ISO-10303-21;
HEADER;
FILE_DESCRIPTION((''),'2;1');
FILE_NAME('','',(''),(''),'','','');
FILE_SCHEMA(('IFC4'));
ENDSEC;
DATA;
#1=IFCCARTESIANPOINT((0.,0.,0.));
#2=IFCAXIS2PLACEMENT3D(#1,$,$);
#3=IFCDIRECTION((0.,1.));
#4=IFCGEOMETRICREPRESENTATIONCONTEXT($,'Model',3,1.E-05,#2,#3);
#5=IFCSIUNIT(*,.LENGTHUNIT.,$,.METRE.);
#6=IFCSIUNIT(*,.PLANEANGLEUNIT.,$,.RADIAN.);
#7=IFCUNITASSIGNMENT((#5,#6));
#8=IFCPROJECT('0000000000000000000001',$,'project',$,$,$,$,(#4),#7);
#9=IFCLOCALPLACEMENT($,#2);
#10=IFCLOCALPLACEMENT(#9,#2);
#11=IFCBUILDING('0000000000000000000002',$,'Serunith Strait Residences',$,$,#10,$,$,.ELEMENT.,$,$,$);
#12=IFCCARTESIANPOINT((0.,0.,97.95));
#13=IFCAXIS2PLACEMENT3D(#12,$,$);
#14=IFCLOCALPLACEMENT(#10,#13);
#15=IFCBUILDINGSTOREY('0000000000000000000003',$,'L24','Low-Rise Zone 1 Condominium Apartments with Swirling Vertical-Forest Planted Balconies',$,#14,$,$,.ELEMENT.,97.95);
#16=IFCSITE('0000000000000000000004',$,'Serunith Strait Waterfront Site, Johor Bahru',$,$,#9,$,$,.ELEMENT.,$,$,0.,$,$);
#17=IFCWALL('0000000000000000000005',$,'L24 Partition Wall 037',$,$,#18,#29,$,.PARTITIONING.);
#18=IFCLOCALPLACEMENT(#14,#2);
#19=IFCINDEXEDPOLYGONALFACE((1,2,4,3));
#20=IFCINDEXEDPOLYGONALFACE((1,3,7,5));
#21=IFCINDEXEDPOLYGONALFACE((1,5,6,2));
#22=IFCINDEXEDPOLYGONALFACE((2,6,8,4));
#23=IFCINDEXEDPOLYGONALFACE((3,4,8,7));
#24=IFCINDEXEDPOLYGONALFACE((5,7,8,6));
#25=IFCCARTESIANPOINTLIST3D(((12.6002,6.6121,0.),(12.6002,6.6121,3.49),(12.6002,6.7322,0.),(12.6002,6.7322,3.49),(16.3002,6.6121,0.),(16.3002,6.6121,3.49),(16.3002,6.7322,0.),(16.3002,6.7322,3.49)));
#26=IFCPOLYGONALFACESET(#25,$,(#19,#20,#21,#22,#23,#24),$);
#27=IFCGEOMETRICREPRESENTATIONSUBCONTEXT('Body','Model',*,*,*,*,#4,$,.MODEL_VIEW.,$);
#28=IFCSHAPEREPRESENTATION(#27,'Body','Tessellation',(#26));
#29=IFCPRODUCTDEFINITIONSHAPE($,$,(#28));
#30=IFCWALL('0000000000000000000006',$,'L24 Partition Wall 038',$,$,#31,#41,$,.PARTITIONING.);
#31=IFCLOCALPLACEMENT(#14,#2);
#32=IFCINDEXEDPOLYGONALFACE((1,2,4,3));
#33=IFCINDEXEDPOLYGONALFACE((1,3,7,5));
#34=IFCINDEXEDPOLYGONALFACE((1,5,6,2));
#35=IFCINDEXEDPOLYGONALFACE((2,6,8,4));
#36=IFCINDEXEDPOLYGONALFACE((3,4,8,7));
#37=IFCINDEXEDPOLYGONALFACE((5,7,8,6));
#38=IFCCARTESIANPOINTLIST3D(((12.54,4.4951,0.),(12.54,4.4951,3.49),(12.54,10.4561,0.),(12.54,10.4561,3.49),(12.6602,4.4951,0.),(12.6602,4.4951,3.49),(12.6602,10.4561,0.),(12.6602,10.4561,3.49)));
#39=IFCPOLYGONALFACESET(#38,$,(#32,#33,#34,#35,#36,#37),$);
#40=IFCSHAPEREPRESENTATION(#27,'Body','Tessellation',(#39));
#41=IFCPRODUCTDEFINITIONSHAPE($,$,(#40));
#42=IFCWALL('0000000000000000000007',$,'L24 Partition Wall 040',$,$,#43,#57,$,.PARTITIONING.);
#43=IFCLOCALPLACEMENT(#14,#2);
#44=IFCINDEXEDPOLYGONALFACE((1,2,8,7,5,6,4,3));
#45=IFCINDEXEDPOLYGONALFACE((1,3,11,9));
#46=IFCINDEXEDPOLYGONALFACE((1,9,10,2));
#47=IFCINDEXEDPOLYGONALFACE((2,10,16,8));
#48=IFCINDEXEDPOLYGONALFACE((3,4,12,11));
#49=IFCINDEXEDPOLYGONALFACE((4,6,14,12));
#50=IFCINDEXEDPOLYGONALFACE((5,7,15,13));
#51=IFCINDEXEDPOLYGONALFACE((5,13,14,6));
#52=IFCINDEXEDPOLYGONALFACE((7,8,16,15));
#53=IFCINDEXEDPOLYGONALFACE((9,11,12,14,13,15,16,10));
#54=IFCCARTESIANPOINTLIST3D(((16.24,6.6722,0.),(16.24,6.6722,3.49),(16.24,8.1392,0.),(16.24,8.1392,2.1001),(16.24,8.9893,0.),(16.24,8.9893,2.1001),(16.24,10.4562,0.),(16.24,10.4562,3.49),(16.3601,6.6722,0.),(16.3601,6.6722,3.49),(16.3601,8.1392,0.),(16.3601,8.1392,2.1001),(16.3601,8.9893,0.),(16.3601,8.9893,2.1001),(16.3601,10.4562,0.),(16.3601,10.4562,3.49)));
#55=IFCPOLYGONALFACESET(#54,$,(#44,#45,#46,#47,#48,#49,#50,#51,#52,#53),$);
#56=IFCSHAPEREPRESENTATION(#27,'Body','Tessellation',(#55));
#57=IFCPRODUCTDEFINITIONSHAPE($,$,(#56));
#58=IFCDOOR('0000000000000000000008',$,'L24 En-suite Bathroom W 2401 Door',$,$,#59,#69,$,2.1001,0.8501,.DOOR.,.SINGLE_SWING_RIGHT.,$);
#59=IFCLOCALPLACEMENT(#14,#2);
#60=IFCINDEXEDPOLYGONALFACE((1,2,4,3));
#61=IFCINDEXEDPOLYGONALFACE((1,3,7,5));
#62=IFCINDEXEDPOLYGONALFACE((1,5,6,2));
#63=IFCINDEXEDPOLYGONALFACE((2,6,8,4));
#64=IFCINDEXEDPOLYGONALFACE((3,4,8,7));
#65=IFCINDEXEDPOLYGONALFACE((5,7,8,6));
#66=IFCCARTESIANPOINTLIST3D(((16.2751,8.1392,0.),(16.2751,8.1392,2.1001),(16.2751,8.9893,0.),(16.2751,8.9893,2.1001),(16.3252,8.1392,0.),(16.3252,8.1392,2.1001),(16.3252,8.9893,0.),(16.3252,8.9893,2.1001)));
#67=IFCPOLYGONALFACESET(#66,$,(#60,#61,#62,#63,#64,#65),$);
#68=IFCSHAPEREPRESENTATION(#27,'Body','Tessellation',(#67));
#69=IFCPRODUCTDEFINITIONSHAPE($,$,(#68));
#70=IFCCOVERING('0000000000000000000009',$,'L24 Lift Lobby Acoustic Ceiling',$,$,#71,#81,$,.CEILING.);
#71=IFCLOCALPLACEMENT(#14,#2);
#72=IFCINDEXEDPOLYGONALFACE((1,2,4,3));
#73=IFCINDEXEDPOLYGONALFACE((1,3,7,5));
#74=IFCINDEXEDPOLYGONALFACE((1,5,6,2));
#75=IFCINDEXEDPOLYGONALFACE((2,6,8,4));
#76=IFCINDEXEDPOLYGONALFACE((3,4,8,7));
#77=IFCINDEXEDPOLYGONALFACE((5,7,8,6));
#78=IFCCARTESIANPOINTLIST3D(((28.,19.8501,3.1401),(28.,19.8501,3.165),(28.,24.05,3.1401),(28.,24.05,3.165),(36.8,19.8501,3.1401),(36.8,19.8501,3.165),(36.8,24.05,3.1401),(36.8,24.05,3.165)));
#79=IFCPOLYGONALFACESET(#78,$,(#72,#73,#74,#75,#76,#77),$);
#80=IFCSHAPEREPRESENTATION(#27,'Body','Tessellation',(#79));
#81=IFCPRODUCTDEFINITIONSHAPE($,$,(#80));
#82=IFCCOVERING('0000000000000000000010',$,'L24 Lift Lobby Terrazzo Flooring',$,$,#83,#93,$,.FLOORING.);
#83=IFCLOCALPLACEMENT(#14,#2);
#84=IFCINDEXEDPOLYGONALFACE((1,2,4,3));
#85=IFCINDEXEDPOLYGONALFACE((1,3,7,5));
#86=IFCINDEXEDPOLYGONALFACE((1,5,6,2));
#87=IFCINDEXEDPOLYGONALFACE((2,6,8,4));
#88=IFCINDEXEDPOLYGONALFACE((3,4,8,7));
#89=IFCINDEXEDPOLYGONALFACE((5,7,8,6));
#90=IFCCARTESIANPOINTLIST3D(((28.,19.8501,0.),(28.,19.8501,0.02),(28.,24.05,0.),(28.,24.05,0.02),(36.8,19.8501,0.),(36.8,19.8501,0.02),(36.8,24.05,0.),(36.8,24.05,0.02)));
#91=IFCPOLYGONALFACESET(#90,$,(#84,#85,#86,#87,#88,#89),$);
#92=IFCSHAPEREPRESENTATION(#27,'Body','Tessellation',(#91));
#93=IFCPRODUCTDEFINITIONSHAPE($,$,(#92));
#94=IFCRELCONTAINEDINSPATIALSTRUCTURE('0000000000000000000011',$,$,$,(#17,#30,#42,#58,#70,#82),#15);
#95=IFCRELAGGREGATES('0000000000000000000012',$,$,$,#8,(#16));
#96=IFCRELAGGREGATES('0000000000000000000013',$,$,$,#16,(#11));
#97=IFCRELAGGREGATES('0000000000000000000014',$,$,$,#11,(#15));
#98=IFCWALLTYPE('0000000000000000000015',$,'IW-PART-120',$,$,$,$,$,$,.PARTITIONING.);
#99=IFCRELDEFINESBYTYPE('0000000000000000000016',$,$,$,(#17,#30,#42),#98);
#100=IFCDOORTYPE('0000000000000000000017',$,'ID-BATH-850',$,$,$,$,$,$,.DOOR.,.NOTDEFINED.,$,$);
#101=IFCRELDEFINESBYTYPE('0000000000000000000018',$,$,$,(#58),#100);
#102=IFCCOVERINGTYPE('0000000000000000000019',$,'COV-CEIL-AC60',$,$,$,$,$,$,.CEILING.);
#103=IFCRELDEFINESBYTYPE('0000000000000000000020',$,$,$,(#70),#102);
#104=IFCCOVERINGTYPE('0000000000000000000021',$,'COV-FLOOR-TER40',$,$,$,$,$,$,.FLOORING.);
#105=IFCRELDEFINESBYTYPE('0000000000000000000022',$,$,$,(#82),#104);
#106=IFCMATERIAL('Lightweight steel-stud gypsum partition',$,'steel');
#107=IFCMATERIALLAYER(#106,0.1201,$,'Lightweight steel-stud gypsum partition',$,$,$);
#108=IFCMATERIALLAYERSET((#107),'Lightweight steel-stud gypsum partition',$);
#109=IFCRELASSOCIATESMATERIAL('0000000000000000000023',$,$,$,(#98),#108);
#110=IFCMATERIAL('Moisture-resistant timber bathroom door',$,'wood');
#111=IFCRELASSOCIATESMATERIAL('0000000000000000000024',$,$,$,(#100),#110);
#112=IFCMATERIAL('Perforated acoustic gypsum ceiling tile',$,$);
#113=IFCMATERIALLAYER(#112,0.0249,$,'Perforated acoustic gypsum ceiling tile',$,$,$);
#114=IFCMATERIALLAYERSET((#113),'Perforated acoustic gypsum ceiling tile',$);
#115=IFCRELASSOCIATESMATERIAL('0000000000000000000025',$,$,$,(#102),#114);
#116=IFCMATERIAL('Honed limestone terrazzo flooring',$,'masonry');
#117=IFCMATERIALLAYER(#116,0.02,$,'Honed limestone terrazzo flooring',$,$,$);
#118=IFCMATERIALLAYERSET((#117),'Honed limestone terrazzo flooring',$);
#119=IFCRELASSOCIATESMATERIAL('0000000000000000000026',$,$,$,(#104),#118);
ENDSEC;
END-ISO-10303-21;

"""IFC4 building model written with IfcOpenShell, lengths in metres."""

from ifc_helpers import new_model, si_unit, direction, frame, frame_2d, origin, place, context, subcontext, project, spatial, polyline, rectangle, outline, extrude, source, transform, mapped, material, layer, layer_set, type_object, element, fill, save


model = new_model("IFC4")

# Units and contexts
model_context = context("Model", 3, precision=1e-05, world=origin(), true_north=direction((0.0, 1.0)))
body_context = subcontext(model_context, "Body", "Model", "MODEL_VIEW")
ifc_project = project(units=[si_unit("LENGTHUNIT", "METRE"), si_unit("PLANEANGLEUNIT", "RADIAN")], contexts=[model_context])

# Site, building, storey
site_placement = place(None, origin())
site = spatial("IfcSite", under=ifc_project, at=site_placement, Name="Serunith Strait Waterfront Site, Johor Bahru", CompositionType="ELEMENT", RefElevation=0.0)
building_placement = place(site_placement, origin())
building = spatial("IfcBuilding", under=site, at=building_placement, Name="Serunith Strait Residences", CompositionType="ELEMENT")
storey_placement = place(building_placement, frame((0.0, 0.0, 97.95)))
storey = spatial("IfcBuildingStorey", under=building, at=storey_placement, Name="L24", Description="Low-Rise Zone 1 Condominium Apartments with Swirling Vertical-Forest Planted Balconies", CompositionType="ELEMENT", Elevation=97.95)

# Walls
ifc_material_1 = material(Name="Lightweight steel-stud gypsum partition", Category="steel")
ifc_layer_1 = layer(ifc_material_1, 0.1201, Name="Lightweight steel-stud gypsum partition")
ifc_layer_set_1 = layer_set([ifc_layer_1], Name="Lightweight steel-stud gypsum partition")
wall_type_1 = type_object("IfcWallType", Name="IW-PART-120", PredefinedType="PARTITIONING", material=ifc_layer_set_1)
wall_1_placement = place(storey_placement, frame((12.6001, 6.6721, 0.0), z_axis=(0.0, 0.0, 1.0), x_axis=(1.0, 0.0, 0.0)))
element("IfcWall", 1, at=wall_1_placement, inside=storey, type_object=wall_type_1, Name="L24 Partition Wall 037", PredefinedType="PARTITIONING", context=body_context, shape_type="SweptSolid", body=[
    extrude(rectangle(XDim=3.7, YDim=0.1201, at=frame_2d((1.8501, 0.0))), origin(), (0.0, 0.0, 1.0), 3.49),
])
wall_2_placement = place(storey_placement, frame((12.6001, 4.4951, 0.0), z_axis=(0.0, 0.0, 1.0), x_axis=(0.0, 1.0, 0.0)))
element("IfcWall", 2, at=wall_2_placement, inside=storey, type_object=wall_type_1, Name="L24 Partition Wall 038", PredefinedType="PARTITIONING", context=body_context, shape_type="SweptSolid", body=[
    extrude(rectangle(XDim=5.9609, YDim=0.1201, at=frame_2d((2.9805, 0.0))), origin(), (0.0, 0.0, 1.0), 3.49),
])

# Wall, opening, door
wall_3_placement = place(storey_placement, frame((16.3, 6.6721, 0.0), z_axis=(0.0, 0.0, 1.0), x_axis=(0.0, 1.0, 0.0)))
wall_3 = element("IfcWall", 3, at=wall_3_placement, inside=storey, type_object=wall_type_1, Name="L24 Partition Wall 040", PredefinedType="PARTITIONING", context=body_context, shape_type="SweptSolid", body=[
    extrude(rectangle(XDim=3.7839, YDim=0.1201, at=frame_2d((1.8921, 0.0))), origin(), (0.0, 0.0, 1.0), 3.49),
])
opening_1_placement = place(wall_3_placement, frame((1.467, 0.0, 0.0)))
opening_1 = element("IfcOpeningElement", 4, at=opening_1_placement, cuts=wall_3, PredefinedType="OPENING", context=body_context, shape_type="SweptSolid", body=[
    extrude(rectangle(XDim=0.8501, YDim=2.1001, at=frame_2d((0.425, 1.05))), frame((0.0, 0.0701, 0.0), z_axis=(0.0, -1.0, 0.0), x_axis=(1.0, 0.0, 0.0)), (0.0, 0.0, 1.0), 0.1401),
])
ifc_material_2 = material(Name="Moisture-resistant timber bathroom door", Category="wood")
door_type = type_object("IfcDoorType", Name="ID-BATH-850", OperationType="NOTDEFINED", PredefinedType="DOOR", material=ifc_material_2)
shared_shape_1 = source(origin(), body_context, "Body", "SweptSolid", [
    extrude(rectangle(XDim=0.8501, YDim=2.1001, at=frame_2d((0.425, 1.05))), frame((0.0, 0.0249, 0.0), z_axis=(0.0, -1.0, 0.0), x_axis=(1.0, 0.0, 0.0)), (0.0, 0.0, 1.0), 0.05),
])
door_placement = place(opening_1_placement, origin())
door = element("IfcDoor", 5, at=door_placement, inside=storey, type_object=door_type, Name="L24 En-suite Bathroom W 2401 Door", OperationType="SINGLE_SWING_RIGHT", OverallHeight=2.1001, OverallWidth=0.8501, PredefinedType="DOOR", context=body_context, shape_type="MappedRepresentation", body=[
    mapped(shared_shape_1, transform((0.0, 0.0, 0.0), scale=1.0)),
])
fill(opening_1, door)

# Coverings
ifc_material_3 = material(Name="Perforated acoustic gypsum ceiling tile")
ifc_layer_2 = layer(ifc_material_3, 0.0249, Name="Perforated acoustic gypsum ceiling tile")
ifc_layer_set_2 = layer_set([ifc_layer_2], Name="Perforated acoustic gypsum ceiling tile")
covering_type_1 = type_object("IfcCoveringType", Name="COV-CEIL-AC60", PredefinedType="CEILING", material=ifc_layer_set_2)
covering_1_placement = place(storey_placement, frame((0.0, 0.0, 3.1401)))
element("IfcCovering", 6, at=covering_1_placement, inside=storey, type_object=covering_type_1, Name="L24 Lift Lobby Acoustic Ceiling", PredefinedType="CEILING", context=body_context, shape_type="SweptSolid", body=[
    extrude(outline(polyline([(28.0, 19.8501), (36.8, 19.8501), (36.8, 24.05), (28.0, 24.05), (28.0, 19.8501)])), origin(), (0.0, 0.0, 1.0), 0.0249),
])
ifc_material_4 = material(Name="Honed limestone terrazzo flooring", Category="masonry")
ifc_layer_3 = layer(ifc_material_4, 0.02, Name="Honed limestone terrazzo flooring")
ifc_layer_set_3 = layer_set([ifc_layer_3], Name="Honed limestone terrazzo flooring")
covering_type_2 = type_object("IfcCoveringType", Name="COV-FLOOR-TER40", PredefinedType="FLOORING", material=ifc_layer_set_3)
covering_2_placement = place(storey_placement, origin())
element("IfcCovering", 7, at=covering_2_placement, inside=storey, type_object=covering_type_2, Name="L24 Lift Lobby Terrazzo Flooring", PredefinedType="FLOORING", context=body_context, shape_type="SweptSolid", body=[
    extrude(outline(polyline([(28.0, 19.8501), (36.8, 19.8501), (36.8, 24.05), (28.0, 24.05), (28.0, 19.8501)])), origin(), (0.0, 0.0, 1.0), 0.02),
])

save(model, "model.ifc")
